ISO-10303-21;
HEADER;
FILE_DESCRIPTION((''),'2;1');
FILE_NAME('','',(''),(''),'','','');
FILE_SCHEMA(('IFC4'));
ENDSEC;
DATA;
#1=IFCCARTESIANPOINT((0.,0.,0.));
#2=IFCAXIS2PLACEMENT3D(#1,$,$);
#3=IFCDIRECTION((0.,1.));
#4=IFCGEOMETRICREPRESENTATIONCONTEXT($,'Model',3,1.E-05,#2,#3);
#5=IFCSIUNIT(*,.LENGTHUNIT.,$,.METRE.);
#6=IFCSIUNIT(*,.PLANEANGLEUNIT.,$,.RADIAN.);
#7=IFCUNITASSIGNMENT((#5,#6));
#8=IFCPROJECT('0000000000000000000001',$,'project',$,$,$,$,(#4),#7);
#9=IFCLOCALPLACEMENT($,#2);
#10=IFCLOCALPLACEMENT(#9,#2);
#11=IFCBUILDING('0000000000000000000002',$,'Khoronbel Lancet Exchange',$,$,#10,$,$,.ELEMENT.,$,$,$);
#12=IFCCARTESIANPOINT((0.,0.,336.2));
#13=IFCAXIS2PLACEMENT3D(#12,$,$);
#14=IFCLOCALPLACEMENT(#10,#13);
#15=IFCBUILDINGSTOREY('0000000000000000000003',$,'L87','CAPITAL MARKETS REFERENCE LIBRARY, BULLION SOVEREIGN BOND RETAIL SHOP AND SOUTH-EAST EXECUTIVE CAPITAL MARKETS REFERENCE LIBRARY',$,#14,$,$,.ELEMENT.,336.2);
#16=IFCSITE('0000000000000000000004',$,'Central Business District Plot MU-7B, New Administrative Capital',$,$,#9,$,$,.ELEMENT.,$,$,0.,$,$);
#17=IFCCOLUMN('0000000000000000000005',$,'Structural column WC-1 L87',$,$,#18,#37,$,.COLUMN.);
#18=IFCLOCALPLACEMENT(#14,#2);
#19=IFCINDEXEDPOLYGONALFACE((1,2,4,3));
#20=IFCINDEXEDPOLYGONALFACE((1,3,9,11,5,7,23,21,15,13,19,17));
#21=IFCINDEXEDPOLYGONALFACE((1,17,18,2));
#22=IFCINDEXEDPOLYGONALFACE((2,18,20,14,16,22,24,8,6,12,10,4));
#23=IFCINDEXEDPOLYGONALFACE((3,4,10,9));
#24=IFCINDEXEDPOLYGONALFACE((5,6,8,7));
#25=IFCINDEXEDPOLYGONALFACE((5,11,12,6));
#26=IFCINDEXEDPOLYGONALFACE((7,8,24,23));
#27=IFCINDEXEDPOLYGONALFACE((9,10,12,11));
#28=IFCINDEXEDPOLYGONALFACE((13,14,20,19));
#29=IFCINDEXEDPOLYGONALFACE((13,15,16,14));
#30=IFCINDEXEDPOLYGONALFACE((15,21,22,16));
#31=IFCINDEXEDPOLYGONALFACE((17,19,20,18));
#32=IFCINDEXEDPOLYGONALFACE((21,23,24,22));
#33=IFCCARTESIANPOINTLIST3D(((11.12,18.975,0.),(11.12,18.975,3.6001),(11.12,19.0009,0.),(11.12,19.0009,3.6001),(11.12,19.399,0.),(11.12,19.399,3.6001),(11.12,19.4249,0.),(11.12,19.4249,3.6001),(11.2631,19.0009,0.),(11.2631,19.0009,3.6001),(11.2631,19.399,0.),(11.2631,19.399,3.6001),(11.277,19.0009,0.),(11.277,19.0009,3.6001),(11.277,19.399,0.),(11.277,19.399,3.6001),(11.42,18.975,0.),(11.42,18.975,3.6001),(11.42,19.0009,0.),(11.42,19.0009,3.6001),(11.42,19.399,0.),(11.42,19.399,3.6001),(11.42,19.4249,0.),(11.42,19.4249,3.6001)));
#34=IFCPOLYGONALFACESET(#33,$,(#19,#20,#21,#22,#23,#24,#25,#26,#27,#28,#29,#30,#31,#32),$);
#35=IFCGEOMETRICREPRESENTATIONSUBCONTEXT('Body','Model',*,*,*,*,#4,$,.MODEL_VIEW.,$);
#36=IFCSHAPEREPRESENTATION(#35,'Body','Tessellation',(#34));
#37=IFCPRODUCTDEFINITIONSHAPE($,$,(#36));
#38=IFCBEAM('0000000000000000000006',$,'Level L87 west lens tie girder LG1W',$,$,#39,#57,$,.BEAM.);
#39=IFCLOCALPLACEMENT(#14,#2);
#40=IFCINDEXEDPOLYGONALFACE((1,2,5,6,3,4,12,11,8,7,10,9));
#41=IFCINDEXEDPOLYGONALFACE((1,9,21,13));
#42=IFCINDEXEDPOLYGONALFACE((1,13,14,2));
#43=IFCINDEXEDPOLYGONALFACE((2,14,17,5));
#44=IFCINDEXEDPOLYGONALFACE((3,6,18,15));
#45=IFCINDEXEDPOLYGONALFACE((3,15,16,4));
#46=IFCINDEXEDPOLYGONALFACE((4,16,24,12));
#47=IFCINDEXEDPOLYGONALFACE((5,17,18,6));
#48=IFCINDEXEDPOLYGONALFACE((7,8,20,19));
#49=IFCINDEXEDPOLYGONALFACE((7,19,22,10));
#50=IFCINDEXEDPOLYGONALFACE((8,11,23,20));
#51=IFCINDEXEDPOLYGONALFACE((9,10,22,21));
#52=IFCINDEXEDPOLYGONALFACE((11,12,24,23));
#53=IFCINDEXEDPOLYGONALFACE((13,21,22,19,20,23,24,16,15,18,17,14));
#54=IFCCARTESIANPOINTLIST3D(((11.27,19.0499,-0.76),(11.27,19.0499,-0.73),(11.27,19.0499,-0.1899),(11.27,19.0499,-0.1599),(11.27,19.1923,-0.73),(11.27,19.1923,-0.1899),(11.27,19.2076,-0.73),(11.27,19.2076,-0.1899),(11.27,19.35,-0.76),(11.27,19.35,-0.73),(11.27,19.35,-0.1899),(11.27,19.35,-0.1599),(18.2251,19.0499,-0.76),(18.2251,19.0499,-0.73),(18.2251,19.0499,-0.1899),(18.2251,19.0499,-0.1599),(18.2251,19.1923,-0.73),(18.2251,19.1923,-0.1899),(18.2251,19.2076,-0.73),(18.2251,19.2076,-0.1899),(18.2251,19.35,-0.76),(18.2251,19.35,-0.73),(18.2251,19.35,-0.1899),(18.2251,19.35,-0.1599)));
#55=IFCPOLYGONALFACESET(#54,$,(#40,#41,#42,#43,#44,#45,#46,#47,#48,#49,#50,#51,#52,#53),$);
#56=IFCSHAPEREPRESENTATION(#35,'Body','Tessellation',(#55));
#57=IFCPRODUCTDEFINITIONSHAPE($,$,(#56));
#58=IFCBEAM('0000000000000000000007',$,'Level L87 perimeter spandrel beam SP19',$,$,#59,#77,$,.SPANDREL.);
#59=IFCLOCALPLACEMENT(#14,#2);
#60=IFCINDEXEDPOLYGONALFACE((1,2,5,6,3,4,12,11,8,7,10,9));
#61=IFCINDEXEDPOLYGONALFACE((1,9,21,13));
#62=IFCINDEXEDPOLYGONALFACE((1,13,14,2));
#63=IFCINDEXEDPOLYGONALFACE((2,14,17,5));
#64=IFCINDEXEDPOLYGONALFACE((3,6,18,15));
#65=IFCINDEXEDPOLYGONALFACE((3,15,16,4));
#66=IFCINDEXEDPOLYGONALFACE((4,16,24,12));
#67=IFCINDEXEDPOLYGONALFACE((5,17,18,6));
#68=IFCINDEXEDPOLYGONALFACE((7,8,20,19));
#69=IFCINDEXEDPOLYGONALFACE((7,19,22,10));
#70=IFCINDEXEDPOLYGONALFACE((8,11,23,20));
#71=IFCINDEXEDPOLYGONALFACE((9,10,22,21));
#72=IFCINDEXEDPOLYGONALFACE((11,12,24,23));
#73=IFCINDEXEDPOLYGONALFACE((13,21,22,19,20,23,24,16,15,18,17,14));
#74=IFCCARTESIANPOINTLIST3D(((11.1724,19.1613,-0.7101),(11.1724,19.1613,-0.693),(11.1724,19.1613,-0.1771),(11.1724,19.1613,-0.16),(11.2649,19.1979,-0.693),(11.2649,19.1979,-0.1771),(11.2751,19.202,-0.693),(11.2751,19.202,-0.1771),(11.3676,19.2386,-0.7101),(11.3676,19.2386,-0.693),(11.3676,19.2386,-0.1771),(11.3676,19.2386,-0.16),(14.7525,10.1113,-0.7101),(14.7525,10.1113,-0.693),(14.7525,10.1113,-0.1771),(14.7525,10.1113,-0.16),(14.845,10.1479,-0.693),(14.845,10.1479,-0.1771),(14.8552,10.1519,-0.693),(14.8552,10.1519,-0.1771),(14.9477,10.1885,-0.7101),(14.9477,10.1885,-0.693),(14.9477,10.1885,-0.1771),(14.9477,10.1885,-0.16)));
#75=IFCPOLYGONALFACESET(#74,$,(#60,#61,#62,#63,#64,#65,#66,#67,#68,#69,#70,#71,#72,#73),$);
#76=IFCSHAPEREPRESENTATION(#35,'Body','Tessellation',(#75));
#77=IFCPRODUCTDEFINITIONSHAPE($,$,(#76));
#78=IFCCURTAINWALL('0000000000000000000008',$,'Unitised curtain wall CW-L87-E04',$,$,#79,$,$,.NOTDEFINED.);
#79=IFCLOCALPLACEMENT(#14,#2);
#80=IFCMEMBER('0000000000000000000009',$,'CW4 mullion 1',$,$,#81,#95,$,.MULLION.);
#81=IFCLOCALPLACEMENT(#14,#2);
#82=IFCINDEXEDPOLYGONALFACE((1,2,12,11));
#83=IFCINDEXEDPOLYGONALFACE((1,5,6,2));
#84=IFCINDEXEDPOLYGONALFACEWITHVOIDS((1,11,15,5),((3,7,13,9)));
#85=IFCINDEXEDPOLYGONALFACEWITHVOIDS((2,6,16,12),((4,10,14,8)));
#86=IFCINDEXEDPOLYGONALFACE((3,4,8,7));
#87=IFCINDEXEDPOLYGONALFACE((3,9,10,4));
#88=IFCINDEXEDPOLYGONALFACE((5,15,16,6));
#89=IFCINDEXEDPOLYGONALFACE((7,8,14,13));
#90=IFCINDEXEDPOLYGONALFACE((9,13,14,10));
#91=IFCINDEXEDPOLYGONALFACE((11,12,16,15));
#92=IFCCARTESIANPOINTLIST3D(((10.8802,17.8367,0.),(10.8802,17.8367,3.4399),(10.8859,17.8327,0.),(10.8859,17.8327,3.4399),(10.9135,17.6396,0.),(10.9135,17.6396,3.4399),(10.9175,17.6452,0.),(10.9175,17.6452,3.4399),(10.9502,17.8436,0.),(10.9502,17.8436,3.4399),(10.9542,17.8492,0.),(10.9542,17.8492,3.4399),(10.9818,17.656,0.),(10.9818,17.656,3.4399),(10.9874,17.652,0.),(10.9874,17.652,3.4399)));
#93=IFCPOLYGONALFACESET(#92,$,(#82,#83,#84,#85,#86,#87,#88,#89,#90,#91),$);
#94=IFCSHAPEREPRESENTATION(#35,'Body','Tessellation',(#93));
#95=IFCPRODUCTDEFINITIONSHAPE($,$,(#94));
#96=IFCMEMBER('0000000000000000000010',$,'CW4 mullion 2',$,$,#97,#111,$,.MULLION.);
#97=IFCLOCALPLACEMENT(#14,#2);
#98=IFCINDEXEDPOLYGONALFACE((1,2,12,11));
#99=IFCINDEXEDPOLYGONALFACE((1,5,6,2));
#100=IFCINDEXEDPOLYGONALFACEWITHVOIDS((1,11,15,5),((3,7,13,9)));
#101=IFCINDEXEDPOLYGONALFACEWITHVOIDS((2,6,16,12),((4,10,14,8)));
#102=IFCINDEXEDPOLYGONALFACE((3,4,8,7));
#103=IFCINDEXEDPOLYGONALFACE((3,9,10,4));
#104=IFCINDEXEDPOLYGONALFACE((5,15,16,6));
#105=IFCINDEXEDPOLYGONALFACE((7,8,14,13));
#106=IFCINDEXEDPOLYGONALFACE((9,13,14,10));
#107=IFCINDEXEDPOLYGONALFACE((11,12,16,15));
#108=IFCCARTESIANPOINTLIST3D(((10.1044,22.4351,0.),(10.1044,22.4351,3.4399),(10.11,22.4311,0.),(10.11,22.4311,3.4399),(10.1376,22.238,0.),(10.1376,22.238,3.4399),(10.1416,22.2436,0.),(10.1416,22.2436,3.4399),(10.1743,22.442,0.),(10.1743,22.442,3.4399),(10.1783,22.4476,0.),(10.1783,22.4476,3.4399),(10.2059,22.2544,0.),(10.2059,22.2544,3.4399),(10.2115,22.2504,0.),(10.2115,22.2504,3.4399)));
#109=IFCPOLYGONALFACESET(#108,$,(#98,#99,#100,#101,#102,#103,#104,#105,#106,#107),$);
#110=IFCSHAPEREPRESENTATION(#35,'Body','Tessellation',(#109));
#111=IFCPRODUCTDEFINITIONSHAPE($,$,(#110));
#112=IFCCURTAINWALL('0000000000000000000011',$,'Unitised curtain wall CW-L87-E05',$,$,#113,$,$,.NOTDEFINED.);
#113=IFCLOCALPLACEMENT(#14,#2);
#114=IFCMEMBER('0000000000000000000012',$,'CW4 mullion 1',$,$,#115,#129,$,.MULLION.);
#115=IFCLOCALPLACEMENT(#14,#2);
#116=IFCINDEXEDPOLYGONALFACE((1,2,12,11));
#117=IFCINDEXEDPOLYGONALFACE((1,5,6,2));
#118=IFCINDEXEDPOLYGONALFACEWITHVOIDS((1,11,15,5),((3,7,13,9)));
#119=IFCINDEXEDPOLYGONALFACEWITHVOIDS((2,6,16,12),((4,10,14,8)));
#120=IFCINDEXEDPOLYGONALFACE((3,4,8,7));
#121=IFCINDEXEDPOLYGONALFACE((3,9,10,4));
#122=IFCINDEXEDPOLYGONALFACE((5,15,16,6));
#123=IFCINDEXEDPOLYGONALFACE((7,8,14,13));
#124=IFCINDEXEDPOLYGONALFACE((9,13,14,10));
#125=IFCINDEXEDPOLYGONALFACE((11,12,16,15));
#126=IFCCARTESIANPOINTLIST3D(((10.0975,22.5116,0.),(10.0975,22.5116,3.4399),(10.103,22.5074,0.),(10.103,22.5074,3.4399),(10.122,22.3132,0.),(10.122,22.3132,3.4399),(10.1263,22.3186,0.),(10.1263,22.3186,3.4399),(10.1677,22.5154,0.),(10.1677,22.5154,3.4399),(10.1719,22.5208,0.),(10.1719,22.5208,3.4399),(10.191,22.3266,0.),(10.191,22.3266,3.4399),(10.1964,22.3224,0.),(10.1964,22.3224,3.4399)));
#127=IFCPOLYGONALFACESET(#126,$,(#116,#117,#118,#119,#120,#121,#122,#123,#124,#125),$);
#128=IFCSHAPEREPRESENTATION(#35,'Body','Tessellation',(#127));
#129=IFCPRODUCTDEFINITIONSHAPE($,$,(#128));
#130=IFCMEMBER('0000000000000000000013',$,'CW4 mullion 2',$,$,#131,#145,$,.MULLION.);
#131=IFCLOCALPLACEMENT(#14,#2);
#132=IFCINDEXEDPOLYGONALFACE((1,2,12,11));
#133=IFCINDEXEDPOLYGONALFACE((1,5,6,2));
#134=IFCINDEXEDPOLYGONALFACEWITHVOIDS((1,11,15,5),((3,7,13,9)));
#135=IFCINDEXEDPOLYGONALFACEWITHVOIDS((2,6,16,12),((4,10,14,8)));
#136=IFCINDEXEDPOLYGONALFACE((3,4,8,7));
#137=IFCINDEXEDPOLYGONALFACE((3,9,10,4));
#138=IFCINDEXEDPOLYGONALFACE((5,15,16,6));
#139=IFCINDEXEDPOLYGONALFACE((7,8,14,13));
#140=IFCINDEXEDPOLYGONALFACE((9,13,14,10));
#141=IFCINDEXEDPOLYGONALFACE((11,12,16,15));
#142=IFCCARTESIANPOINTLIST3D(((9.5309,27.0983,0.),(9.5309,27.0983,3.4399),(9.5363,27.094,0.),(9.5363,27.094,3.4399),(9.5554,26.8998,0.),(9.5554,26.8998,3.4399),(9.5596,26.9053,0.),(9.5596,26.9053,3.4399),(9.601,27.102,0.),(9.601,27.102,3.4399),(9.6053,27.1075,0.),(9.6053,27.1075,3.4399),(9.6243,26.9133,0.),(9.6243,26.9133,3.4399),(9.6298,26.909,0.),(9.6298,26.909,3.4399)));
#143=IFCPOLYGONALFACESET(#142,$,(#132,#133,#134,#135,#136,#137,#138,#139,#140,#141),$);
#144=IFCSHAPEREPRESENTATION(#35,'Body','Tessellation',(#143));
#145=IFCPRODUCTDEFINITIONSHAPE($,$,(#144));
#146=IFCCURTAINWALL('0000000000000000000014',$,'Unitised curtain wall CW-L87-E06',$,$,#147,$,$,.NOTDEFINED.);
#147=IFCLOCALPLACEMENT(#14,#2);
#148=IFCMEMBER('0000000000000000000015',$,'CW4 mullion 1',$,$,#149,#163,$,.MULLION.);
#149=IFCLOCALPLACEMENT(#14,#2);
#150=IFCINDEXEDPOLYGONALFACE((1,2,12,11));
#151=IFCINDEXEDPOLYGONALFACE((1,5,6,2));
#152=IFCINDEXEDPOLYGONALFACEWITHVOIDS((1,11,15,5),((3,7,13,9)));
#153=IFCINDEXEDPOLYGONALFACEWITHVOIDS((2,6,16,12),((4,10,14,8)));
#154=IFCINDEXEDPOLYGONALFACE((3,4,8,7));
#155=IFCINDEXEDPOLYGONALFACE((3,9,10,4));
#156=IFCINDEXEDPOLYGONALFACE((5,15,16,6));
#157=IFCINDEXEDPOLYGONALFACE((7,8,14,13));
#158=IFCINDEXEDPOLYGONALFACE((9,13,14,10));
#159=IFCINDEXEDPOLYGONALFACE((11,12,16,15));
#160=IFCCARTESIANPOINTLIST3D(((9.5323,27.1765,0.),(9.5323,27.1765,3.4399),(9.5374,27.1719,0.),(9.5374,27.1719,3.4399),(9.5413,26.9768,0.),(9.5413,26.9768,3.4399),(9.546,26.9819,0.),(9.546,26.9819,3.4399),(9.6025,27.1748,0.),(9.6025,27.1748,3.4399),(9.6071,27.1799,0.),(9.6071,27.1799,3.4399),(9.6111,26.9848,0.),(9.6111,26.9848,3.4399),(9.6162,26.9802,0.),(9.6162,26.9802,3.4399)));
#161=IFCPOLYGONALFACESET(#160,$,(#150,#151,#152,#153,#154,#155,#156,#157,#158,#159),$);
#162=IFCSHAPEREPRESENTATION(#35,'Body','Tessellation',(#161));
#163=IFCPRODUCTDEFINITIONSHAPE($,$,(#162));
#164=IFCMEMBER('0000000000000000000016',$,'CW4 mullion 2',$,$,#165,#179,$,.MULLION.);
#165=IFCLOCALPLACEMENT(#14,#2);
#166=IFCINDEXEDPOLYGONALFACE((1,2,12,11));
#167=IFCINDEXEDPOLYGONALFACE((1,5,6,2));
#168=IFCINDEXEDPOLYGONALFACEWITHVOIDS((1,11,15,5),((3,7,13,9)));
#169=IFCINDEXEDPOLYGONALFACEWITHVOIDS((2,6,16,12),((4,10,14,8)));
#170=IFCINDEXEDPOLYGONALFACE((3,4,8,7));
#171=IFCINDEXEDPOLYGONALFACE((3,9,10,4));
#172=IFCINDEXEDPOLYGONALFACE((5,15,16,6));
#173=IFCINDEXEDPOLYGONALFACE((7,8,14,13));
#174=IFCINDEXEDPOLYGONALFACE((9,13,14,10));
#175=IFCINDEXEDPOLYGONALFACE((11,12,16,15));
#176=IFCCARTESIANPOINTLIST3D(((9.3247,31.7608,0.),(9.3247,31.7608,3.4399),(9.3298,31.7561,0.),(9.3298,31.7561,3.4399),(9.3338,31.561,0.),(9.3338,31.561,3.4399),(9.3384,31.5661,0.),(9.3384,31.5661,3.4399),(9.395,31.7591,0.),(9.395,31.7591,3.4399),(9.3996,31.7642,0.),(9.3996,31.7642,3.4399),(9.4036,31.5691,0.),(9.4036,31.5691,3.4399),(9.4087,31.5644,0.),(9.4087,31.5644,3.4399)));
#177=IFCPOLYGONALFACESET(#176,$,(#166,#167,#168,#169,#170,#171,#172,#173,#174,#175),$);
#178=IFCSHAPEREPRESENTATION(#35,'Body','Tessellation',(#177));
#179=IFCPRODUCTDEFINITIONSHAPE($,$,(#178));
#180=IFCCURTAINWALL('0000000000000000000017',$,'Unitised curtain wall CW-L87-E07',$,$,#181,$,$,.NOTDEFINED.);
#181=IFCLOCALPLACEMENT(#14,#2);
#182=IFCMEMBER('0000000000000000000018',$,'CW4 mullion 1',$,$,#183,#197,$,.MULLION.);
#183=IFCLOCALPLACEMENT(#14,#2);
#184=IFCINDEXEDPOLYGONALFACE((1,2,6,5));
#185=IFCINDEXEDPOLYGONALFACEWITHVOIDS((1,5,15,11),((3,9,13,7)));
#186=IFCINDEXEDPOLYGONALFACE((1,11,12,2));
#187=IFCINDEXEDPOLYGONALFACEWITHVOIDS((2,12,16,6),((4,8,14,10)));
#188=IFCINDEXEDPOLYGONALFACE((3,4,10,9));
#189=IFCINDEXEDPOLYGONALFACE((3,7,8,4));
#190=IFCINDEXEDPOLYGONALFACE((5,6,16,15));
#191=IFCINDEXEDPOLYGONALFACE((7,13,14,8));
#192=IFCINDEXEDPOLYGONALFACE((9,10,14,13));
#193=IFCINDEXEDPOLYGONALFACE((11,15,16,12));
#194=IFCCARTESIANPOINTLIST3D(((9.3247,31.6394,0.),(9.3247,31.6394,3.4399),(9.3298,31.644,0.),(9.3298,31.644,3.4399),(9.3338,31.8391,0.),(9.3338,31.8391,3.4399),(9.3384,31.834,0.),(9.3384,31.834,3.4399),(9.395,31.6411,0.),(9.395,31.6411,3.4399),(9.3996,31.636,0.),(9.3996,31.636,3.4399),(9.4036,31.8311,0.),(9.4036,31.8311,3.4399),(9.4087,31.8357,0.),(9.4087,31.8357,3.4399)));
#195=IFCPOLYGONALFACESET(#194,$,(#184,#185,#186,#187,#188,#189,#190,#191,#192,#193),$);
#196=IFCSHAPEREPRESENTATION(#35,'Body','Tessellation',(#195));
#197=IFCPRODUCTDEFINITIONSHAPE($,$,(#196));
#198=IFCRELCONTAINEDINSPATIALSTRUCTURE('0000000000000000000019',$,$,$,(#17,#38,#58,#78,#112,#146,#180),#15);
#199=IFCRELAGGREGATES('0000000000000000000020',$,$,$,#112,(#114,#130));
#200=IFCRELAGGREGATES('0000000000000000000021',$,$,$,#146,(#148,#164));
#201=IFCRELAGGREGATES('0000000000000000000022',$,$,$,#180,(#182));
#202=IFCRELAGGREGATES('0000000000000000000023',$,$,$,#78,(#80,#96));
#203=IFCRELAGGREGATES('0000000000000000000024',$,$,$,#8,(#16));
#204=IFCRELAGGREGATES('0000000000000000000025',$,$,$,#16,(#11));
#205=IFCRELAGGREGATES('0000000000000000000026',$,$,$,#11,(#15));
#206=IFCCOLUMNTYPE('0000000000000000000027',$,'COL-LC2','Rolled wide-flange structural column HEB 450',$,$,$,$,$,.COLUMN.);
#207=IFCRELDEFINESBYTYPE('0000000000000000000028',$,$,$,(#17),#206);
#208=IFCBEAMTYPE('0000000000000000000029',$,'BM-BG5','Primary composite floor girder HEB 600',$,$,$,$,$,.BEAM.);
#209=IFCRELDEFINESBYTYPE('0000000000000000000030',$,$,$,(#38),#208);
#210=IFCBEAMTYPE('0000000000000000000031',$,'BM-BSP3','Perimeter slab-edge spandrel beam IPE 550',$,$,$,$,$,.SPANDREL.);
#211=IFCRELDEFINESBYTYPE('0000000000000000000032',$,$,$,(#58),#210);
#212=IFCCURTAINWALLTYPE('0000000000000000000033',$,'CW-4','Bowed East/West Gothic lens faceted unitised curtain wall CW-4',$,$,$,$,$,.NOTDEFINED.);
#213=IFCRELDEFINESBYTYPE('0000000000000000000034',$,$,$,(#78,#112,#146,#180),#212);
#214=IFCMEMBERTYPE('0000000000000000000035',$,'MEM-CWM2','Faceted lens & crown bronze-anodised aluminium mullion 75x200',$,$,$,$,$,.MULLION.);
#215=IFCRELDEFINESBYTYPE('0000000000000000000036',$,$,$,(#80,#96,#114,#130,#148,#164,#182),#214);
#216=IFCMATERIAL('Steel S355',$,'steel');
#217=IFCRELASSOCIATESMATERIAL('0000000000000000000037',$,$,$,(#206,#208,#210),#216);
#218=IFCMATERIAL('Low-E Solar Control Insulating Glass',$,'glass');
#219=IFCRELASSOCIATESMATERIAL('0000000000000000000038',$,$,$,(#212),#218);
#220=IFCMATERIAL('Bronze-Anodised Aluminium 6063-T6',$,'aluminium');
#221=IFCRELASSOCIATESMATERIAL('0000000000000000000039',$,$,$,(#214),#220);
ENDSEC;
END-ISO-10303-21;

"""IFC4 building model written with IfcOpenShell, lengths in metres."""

from ifc_helpers import new_model, si_unit, direction, frame, origin, origin_2d, place, context, subcontext, project, spatial, hollow_rectangle, i_section, extrude, material, material_profile, profile_set, type_object, element, aggregate, save


model = new_model("IFC4")

# Units and contexts
model_context = context("Model", 3, precision=1e-05, world=origin(), true_north=direction((0.0, 1.0)))
body_context = subcontext(model_context, "Body", "Model", "MODEL_VIEW")
ifc_project = project(units=[si_unit("LENGTHUNIT", "METRE"), si_unit("PLANEANGLEUNIT", "RADIAN")], contexts=[model_context])

# Site, building, storey
site_placement = place(None, origin())
site = spatial("IfcSite", under=ifc_project, at=site_placement, Name="Central Business District Plot MU-7B, New Administrative Capital", CompositionType="ELEMENT", RefElevation=0.0)
building_placement = place(site_placement, origin())
building = spatial("IfcBuilding", under=site, at=building_placement, Name="Khoronbel Lancet Exchange", CompositionType="ELEMENT")
storey_placement = place(building_placement, frame((0.0, 0.0, 336.2)))
storey = spatial("IfcBuildingStorey", under=building, at=storey_placement, Name="L87", Description="CAPITAL MARKETS REFERENCE LIBRARY, BULLION SOVEREIGN BOND RETAIL SHOP AND SOUTH-EAST EXECUTIVE CAPITAL MARKETS REFERENCE LIBRARY", CompositionType="ELEMENT", Elevation=336.2)

# Column
ifc_material_1 = material(Name="Steel S355", Category="steel")
ifc_material_profile_1 = material_profile(ifc_material_1, i_section(OverallWidth=0.3, OverallDepth=0.45, WebThickness=0.0139, FlangeThickness=0.0259, at=origin_2d()), Name="HEB 450")
ifc_profile_set_1 = profile_set([ifc_material_profile_1], Name="Steel S355")
column_type = type_object("IfcColumnType", Name="COL-LC2", Description="Rolled wide-flange structural column HEB 450", PredefinedType="COLUMN", material=ifc_profile_set_1)
column_placement = place(storey_placement, frame((11.27, 19.2, 0.0), z_axis=(0.0, 0.0, 1.0), x_axis=(1.0, 0.0, 0.0)))
element("IfcColumn", 1, at=column_placement, inside=storey, type_object=column_type, Name="Structural column WC-1 L87", PredefinedType="COLUMN", context=body_context, shape_type="SweptSolid", body=[
    extrude(i_section(OverallWidth=0.3, OverallDepth=0.45, WebThickness=0.0139, FlangeThickness=0.0259, at=origin_2d()), origin(), (0.0, 0.0, 1.0), 3.6001),
])

# Beams
ifc_material_profile_2 = material_profile(ifc_material_1, i_section(OverallWidth=0.3, OverallDepth=0.6001, WebThickness=0.0154, FlangeThickness=0.03, at=origin_2d()), Name="HEB 600")
ifc_profile_set_2 = profile_set([ifc_material_profile_2], Name="Steel S355")
beam_type_1 = type_object("IfcBeamType", Name="BM-BG5", Description="Primary composite floor girder HEB 600", PredefinedType="BEAM", material=ifc_profile_set_2)
beam_1_placement = place(storey_placement, frame((11.27, 19.2, -0.46), z_axis=(1.0, 0.0, 0.0), x_axis=(0.0, 1.0, 0.0)))
element("IfcBeam", 2, at=beam_1_placement, inside=storey, type_object=beam_type_1, Name="Level L87 west lens tie girder LG1W", PredefinedType="BEAM", context=body_context, shape_type="SweptSolid", body=[
    extrude(i_section(OverallWidth=0.3, OverallDepth=0.6001, WebThickness=0.0154, FlangeThickness=0.03, at=origin_2d()), origin(), (0.0, 0.0, 1.0), 6.9551),
])
ifc_material_profile_3 = material_profile(ifc_material_1, i_section(OverallWidth=0.21, OverallDepth=0.55, WebThickness=0.011, FlangeThickness=0.0171, at=origin_2d()), Name="IPE 550")
ifc_profile_set_3 = profile_set([ifc_material_profile_3], Name="Steel S355")
beam_type_2 = type_object("IfcBeamType", Name="BM-BSP3", Description="Perimeter slab-edge spandrel beam IPE 550", PredefinedType="SPANDREL", material=ifc_profile_set_3)
beam_2_placement = place(storey_placement, frame((11.27, 19.2, -0.4351), z_axis=(0.36785, -0.929885, 0.0), x_axis=(0.929885, 0.36785, 0.0)))
element("IfcBeam", 3, at=beam_2_placement, inside=storey, type_object=beam_type_2, Name="Level L87 perimeter spandrel beam SP19", PredefinedType="SPANDREL", context=body_context, shape_type="SweptSolid", body=[
    extrude(i_section(OverallWidth=0.21, OverallDepth=0.55, WebThickness=0.011, FlangeThickness=0.0171, at=origin_2d()), origin(), (0.0, 0.0, 1.0), 9.7324),
])

# Curtain walls, members
ifc_material_2 = material(Name="Low-E Solar Control Insulating Glass", Category="glass")
curtain_wall_type = type_object("IfcCurtainWallType", Name="CW-4", Description="Bowed East/West Gothic lens faceted unitised curtain wall CW-4", PredefinedType="NOTDEFINED", material=ifc_material_2)
curtain_wall_1_placement = place(storey_placement, origin())
curtain_wall_1 = element("IfcCurtainWall", 4, at=curtain_wall_1_placement, inside=storey, type_object=curtain_wall_type, Name="Unitised curtain wall CW-L87-E04", PredefinedType="NOTDEFINED")
ifc_material_3 = material(Name="Bronze-Anodised Aluminium 6063-T6", Category="aluminium")
ifc_material_profile_4 = material_profile(ifc_material_3, hollow_rectangle(XDim=0.075, YDim=0.2, WallThickness=0.0049, at=origin_2d()), Name="ALU MULLION 75x200")
ifc_profile_set_4 = profile_set([ifc_material_profile_4], Name="Bronze-Anodised Aluminium 6063-T6")
member_type_1 = type_object("IfcMemberType", Name="MEM-CWM2", Description="Faceted lens & crown bronze-anodised aluminium mullion 75x200", PredefinedType="MULLION", material=ifc_profile_set_4)
member_1_placement = place(storey_placement, frame((10.9338, 17.7444, 0.0), z_axis=(0.0, 0.0, 1.0), x_axis=(-0.98606, -0.16639, 0.0)))
member_1 = element("IfcMember", 5, at=member_1_placement, type_object=member_type_1, Name="CW4 mullion 1", PredefinedType="MULLION", context=body_context, shape_type="SweptSolid", body=[
    extrude(hollow_rectangle(XDim=0.075, YDim=0.2, WallThickness=0.0049, at=origin_2d()), origin(), (0.0, 0.0, 1.0), 3.4399),
])
member_2_placement = place(storey_placement, frame((10.158, 22.3428, 0.0), z_axis=(0.0, 0.0, 1.0), x_axis=(-0.98606, -0.16639, 0.0)))
member_2 = element("IfcMember", 6, at=member_2_placement, type_object=member_type_1, Name="CW4 mullion 2", PredefinedType="MULLION", context=body_context, shape_type="SweptSolid", body=[
    extrude(hollow_rectangle(XDim=0.075, YDim=0.2, WallThickness=0.0049, at=origin_2d()), origin(), (0.0, 0.0, 1.0), 3.4399),
])
curtain_wall_2_placement = place(storey_placement, origin())
curtain_wall_2 = element("IfcCurtainWall", 7, at=curtain_wall_2_placement, inside=storey, type_object=curtain_wall_type, Name="Unitised curtain wall CW-L87-E05", PredefinedType="NOTDEFINED")
member_3_placement = place(storey_placement, frame((10.147, 22.417, 0.0), z_axis=(0.0, 0.0, 1.0), x_axis=(-0.992456, -0.122599, 0.0)))
member_3 = element("IfcMember", 8, at=member_3_placement, type_object=member_type_1, Name="CW4 mullion 1", PredefinedType="MULLION", context=body_context, shape_type="SweptSolid", body=[
    extrude(hollow_rectangle(XDim=0.075, YDim=0.2, WallThickness=0.0049, at=origin_2d()), origin(), (0.0, 0.0, 1.0), 3.4399),
])
member_4_placement = place(storey_placement, frame((9.5803, 27.0037, 0.0), z_axis=(0.0, 0.0, 1.0), x_axis=(-0.992456, -0.122599, 0.0)))
member_4 = element("IfcMember", 9, at=member_4_placement, type_object=member_type_1, Name="CW4 mullion 2", PredefinedType="MULLION", context=body_context, shape_type="SweptSolid", body=[
    extrude(hollow_rectangle(XDim=0.075, YDim=0.2, WallThickness=0.0049, at=origin_2d()), origin(), (0.0, 0.0, 1.0), 3.4399),
])
curtain_wall_3_placement = place(storey_placement, origin())
curtain_wall_3 = element("IfcCurtainWall", 10, at=curtain_wall_3_placement, inside=storey, type_object=curtain_wall_type, Name="Unitised curtain wall CW-L87-E06", PredefinedType="NOTDEFINED")
member_5_placement = place(storey_placement, frame((9.5742, 27.0784, 0.0), z_axis=(0.0, 0.0, 1.0), x_axis=(-0.998979, -0.045177, 0.0)))
member_5 = element("IfcMember", 11, at=member_5_placement, type_object=member_type_1, Name="CW4 mullion 1", PredefinedType="MULLION", context=body_context, shape_type="SweptSolid", body=[
    extrude(hollow_rectangle(XDim=0.075, YDim=0.2, WallThickness=0.0049, at=origin_2d()), origin(), (0.0, 0.0, 1.0), 3.4399),
])
member_6_placement = place(storey_placement, frame((9.3667, 31.6626, 0.0), z_axis=(0.0, 0.0, 1.0), x_axis=(-0.998979, -0.045177, 0.0)))
member_6 = element("IfcMember", 12, at=member_6_placement, type_object=member_type_1, Name="CW4 mullion 2", PredefinedType="MULLION", context=body_context, shape_type="SweptSolid", body=[
    extrude(hollow_rectangle(XDim=0.075, YDim=0.2, WallThickness=0.0049, at=origin_2d()), origin(), (0.0, 0.0, 1.0), 3.4399),
])

# Curtain wall, member
curtain_wall_4_placement = place(storey_placement, origin())
curtain_wall_4 = element("IfcCurtainWall", 13, at=curtain_wall_4_placement, inside=storey, type_object=curtain_wall_type, Name="Unitised curtain wall CW-L87-E07", PredefinedType="NOTDEFINED")
member_7_placement = place(storey_placement, frame((9.3667, 31.7375, 0.0), z_axis=(0.0, 0.0, 1.0), x_axis=(-0.998979, 0.045177, 0.0)))
member_7 = element("IfcMember", 14, at=member_7_placement, type_object=member_type_1, Name="CW4 mullion 1", PredefinedType="MULLION", context=body_context, shape_type="SweptSolid", body=[
    extrude(hollow_rectangle(XDim=0.075, YDim=0.2, WallThickness=0.0049, at=origin_2d()), origin(), (0.0, 0.0, 1.0), 3.4399),
])

aggregate(curtain_wall_2, [member_3, member_4])
aggregate(curtain_wall_3, [member_5, member_6])
aggregate(curtain_wall_4, [member_7])
aggregate(curtain_wall_1, [member_1, member_2])

save(model, "model.ifc")
